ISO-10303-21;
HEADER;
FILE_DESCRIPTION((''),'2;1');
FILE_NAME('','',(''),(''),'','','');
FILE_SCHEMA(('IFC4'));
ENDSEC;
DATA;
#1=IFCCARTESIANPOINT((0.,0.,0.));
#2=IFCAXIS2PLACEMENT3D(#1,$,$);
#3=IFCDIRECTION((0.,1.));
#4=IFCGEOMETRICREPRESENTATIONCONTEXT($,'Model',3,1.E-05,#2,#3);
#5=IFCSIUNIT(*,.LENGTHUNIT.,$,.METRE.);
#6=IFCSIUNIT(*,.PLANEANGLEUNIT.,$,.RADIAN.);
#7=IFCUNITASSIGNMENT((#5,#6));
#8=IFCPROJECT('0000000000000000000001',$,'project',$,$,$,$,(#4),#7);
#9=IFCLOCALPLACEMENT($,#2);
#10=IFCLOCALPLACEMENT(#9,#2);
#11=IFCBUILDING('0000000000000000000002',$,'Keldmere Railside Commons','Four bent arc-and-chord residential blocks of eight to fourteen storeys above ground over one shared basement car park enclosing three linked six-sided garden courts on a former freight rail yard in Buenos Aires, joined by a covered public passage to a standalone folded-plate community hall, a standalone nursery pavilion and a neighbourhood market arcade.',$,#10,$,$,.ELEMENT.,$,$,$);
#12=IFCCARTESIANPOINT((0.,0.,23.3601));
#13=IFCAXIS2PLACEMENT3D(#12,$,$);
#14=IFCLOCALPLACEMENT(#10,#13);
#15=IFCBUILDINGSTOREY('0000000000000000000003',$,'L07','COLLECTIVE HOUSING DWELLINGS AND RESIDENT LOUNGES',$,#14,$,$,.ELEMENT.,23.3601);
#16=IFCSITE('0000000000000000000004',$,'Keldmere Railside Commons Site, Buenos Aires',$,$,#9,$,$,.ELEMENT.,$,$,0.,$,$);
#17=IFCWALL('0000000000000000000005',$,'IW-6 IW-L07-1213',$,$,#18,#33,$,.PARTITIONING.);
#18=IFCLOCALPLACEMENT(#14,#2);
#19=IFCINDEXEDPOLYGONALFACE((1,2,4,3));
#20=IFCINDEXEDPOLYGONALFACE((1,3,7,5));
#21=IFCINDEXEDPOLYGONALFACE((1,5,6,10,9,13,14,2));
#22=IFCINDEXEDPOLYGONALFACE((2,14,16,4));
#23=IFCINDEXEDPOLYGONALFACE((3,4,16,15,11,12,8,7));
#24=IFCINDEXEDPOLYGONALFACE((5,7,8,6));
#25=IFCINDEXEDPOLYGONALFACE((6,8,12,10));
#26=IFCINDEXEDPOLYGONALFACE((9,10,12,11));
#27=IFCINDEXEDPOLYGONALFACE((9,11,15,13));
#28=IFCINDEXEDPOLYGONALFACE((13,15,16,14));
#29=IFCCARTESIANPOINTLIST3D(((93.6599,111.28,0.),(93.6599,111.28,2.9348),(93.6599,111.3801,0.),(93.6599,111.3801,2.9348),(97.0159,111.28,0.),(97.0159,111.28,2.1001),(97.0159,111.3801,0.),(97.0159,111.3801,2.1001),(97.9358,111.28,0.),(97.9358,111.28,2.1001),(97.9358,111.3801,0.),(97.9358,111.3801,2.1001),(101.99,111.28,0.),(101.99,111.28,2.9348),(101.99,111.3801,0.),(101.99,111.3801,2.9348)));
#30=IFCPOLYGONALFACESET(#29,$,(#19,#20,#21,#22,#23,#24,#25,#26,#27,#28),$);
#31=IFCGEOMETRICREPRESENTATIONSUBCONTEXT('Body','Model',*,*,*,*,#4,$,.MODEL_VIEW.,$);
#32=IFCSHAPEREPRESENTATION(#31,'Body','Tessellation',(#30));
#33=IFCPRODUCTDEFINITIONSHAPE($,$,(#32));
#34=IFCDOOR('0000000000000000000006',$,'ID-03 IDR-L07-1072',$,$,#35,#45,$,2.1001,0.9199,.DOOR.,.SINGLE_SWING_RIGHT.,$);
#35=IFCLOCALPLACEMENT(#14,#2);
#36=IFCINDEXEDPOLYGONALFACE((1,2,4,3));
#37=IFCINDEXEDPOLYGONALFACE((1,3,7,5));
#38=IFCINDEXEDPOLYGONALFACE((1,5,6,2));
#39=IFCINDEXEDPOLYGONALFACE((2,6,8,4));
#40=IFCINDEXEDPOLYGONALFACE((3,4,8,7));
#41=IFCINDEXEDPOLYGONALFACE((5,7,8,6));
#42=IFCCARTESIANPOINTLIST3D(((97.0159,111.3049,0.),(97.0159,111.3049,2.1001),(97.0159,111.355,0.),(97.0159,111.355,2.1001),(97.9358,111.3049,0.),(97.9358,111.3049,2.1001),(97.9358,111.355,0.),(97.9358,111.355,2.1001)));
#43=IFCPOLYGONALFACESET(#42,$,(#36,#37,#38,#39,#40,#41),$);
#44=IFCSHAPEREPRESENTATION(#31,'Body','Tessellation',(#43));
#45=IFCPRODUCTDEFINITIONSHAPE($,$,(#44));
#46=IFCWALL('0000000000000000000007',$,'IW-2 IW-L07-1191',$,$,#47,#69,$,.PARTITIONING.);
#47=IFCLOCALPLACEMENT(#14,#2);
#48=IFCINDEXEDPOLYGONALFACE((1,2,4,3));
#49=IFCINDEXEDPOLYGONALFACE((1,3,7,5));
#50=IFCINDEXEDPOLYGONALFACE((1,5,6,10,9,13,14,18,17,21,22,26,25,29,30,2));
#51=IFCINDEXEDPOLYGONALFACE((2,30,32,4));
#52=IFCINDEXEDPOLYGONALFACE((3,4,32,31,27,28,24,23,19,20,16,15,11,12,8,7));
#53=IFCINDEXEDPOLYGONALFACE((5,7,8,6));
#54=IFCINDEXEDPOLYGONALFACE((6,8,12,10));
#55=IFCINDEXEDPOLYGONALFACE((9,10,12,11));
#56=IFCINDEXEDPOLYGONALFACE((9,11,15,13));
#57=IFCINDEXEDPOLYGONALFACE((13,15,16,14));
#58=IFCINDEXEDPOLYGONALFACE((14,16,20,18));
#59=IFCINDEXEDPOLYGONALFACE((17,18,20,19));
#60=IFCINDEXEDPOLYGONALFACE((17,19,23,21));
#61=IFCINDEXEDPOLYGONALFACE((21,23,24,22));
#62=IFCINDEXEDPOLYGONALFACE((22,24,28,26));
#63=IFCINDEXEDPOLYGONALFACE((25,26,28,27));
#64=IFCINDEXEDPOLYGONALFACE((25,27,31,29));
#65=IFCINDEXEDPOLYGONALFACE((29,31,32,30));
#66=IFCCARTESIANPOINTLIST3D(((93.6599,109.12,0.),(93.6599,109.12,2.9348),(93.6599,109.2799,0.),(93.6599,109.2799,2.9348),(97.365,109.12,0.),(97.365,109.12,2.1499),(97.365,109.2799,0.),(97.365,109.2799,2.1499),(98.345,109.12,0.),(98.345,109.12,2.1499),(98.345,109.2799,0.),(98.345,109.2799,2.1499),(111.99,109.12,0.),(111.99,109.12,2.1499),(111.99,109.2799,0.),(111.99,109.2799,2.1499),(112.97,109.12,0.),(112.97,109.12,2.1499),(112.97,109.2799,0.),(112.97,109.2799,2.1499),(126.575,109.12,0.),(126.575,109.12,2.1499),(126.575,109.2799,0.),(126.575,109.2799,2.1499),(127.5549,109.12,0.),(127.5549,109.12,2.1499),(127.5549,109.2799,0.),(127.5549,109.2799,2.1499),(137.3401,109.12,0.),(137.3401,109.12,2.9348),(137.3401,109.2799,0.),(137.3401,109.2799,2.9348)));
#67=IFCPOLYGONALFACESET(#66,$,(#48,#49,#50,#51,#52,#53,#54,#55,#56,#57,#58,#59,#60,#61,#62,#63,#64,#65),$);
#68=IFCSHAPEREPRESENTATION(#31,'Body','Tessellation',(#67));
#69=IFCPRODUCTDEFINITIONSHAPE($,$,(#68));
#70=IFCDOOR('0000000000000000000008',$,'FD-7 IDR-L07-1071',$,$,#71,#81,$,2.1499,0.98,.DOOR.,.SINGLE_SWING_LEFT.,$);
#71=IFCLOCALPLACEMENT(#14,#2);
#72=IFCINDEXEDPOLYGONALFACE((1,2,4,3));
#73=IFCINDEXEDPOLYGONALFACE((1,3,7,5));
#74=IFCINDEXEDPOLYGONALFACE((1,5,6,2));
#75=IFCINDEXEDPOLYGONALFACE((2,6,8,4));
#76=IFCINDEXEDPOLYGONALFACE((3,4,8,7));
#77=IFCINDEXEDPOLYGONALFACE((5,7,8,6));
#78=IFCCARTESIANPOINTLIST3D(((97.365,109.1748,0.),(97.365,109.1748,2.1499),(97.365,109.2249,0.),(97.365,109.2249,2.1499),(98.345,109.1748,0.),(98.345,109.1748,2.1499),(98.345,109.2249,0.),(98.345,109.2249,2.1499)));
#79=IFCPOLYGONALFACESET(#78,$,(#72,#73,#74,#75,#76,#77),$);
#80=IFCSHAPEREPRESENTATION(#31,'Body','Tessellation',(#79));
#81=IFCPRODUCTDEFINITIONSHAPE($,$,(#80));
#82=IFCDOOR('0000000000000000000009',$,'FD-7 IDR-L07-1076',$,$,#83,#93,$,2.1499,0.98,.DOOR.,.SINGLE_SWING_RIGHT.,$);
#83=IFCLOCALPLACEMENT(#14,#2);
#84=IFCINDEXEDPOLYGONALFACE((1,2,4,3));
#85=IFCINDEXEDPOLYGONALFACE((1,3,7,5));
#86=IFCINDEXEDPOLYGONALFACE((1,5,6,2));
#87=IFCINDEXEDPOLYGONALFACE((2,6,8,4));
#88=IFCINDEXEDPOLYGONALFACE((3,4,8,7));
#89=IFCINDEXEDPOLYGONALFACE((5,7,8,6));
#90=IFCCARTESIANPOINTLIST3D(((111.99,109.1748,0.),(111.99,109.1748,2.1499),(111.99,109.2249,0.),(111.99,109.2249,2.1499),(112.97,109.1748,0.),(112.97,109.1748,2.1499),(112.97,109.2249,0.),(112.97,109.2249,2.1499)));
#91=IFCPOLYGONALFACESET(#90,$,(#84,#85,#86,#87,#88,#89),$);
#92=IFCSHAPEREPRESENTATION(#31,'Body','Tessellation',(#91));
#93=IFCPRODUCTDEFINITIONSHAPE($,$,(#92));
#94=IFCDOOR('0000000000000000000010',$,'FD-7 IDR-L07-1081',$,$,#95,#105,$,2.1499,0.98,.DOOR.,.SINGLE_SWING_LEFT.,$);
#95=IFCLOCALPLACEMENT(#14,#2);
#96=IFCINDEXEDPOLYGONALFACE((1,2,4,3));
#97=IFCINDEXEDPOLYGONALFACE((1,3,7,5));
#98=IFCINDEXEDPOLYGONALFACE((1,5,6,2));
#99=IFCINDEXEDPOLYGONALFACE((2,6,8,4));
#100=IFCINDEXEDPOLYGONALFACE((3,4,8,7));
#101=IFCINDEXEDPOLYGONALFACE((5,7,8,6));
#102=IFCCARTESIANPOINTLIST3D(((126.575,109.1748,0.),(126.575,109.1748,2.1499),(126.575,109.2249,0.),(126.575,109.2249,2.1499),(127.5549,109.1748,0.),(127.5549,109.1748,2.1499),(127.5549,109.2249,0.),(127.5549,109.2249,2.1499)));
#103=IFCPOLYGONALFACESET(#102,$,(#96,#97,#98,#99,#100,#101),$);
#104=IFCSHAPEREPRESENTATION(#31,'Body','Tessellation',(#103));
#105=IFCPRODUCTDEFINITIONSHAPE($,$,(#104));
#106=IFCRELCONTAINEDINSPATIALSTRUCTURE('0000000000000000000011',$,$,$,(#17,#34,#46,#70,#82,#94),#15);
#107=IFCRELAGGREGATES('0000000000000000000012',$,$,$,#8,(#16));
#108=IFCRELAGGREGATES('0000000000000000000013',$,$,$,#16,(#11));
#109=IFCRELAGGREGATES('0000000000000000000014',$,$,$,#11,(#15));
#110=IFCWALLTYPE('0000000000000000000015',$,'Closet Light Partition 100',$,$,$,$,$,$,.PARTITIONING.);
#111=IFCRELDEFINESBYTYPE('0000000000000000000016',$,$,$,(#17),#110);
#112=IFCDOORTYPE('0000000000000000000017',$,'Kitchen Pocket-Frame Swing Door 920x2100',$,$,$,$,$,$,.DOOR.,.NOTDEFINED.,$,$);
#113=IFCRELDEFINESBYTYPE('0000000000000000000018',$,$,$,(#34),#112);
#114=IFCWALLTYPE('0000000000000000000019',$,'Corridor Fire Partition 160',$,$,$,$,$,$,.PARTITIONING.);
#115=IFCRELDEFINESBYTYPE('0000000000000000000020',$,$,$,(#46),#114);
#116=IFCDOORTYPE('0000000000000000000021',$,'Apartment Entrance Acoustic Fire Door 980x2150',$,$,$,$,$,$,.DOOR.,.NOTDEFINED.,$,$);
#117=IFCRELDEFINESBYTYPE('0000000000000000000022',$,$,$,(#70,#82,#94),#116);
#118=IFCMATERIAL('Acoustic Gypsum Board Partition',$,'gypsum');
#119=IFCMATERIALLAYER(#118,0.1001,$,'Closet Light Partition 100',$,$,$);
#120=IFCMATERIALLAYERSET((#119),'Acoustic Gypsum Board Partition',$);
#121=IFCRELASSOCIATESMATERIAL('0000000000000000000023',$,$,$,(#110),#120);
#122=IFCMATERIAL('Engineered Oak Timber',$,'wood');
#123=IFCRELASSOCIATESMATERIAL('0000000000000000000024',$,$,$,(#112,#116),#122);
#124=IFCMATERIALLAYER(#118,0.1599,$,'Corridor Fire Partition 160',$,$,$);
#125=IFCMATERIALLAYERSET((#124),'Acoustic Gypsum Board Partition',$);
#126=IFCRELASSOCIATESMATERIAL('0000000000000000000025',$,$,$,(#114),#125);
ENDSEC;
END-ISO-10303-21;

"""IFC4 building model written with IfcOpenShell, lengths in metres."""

from ifc_helpers import new_model, si_unit, direction, frame, frame_2d, origin, place, context, subcontext, project, spatial, rectangle, extrude, material, layer, layer_set, type_object, element, fill, save


model = new_model("IFC4")

# Units and contexts
model_context = context("Model", 3, precision=1e-05, world=origin(), true_north=direction((0.0, 1.0)))
body_context = subcontext(model_context, "Body", "Model", "MODEL_VIEW")
ifc_project = project(units=[si_unit("LENGTHUNIT", "METRE"), si_unit("PLANEANGLEUNIT", "RADIAN")], contexts=[model_context])

# Site, building, storey
site_placement = place(None, origin())
site = spatial("IfcSite", under=ifc_project, at=site_placement, Name="Keldmere Railside Commons Site, Buenos Aires", CompositionType="ELEMENT", RefElevation=0.0)
building_placement = place(site_placement, origin())
building = spatial("IfcBuilding", under=site, at=building_placement, Name="Keldmere Railside Commons", Description="Four bent arc-and-chord residential blocks of eight to fourteen storeys above ground over one shared basement car park enclosing three linked six-sided garden courts on a former freight rail yard in Buenos Aires, joined by a covered public passage to a standalone folded-plate community hall, a standalone nursery pavilion and a neighbourhood market arcade.", CompositionType="ELEMENT")
storey_placement = place(building_placement, frame((0.0, 0.0, 23.3601)))
storey = spatial("IfcBuildingStorey", under=building, at=storey_placement, Name="L07", Description="COLLECTIVE HOUSING DWELLINGS AND RESIDENT LOUNGES", CompositionType="ELEMENT", Elevation=23.3601)

# Wall, opening, door
ifc_material_1 = material(Name="Acoustic Gypsum Board Partition", Category="gypsum")
ifc_layer_1 = layer(ifc_material_1, 0.1001, Name="Closet Light Partition 100")
ifc_layer_set_1 = layer_set([ifc_layer_1], Name="Acoustic Gypsum Board Partition")
wall_type_1 = type_object("IfcWallType", Name="Closet Light Partition 100", PredefinedType="PARTITIONING", material=ifc_layer_set_1)
wall_1_placement = place(storey_placement, frame((93.6599, 111.3301, 0.0), z_axis=(0.0, 0.0, 1.0), x_axis=(1.0, 0.0, 0.0)))
wall_1 = element("IfcWall", 1, at=wall_1_placement, inside=storey, type_object=wall_type_1, Name="IW-6 IW-L07-1213", PredefinedType="PARTITIONING", context=body_context, shape_type="SweptSolid", body=[
    extrude(rectangle(XDim=8.3301, YDim=0.1001, at=frame_2d((4.165, 0.0))), origin(), (0.0, 0.0, 1.0), 2.9348),
])
opening_1_placement = place(wall_1_placement, frame((3.356, 0.0, 0.0)))
opening_1 = element("IfcOpeningElement", 2, at=opening_1_placement, cuts=wall_1, PredefinedType="OPENING", context=body_context, shape_type="SweptSolid", body=[
    extrude(rectangle(XDim=0.9199, YDim=2.1001, at=frame_2d((0.46, 1.05))), frame((0.0, 0.0601, 0.0), z_axis=(0.0, -1.0, 0.0), x_axis=(1.0, 0.0, 0.0)), (0.0, 0.0, 1.0), 0.1201),
])
ifc_material_2 = material(Name="Engineered Oak Timber", Category="wood")
door_type_1 = type_object("IfcDoorType", Name="Kitchen Pocket-Frame Swing Door 920x2100", OperationType="NOTDEFINED", PredefinedType="DOOR", material=ifc_material_2)
door_1_placement = place(opening_1_placement, origin())
door_1 = element("IfcDoor", 3, at=door_1_placement, inside=storey, type_object=door_type_1, Name="ID-03 IDR-L07-1072", OperationType="SINGLE_SWING_RIGHT", OverallHeight=2.1001, OverallWidth=0.9199, PredefinedType="DOOR", context=body_context, shape_type="SweptSolid", body=[
    extrude(rectangle(XDim=0.9199, YDim=2.1001, at=frame_2d((0.46, 1.05))), frame((0.0, 0.0249, 0.0), z_axis=(0.0, -1.0, 0.0), x_axis=(1.0, 0.0, 0.0)), (0.0, 0.0, 1.0), 0.05),
])
fill(opening_1, door_1)

# Wall, openings, doors
ifc_layer_2 = layer(ifc_material_1, 0.1599, Name="Corridor Fire Partition 160")
ifc_layer_set_2 = layer_set([ifc_layer_2], Name="Acoustic Gypsum Board Partition")
wall_type_2 = type_object("IfcWallType", Name="Corridor Fire Partition 160", PredefinedType="PARTITIONING", material=ifc_layer_set_2)
wall_2_placement = place(storey_placement, frame((93.6599, 109.2, 0.0), z_axis=(0.0, 0.0, 1.0), x_axis=(1.0, 0.0, 0.0)))
wall_2 = element("IfcWall", 4, at=wall_2_placement, inside=storey, type_object=wall_type_2, Name="IW-2 IW-L07-1191", PredefinedType="PARTITIONING", context=body_context, shape_type="SweptSolid", body=[
    extrude(rectangle(XDim=43.6802, YDim=0.1599, at=frame_2d((21.8401, 0.0))), origin(), (0.0, 0.0, 1.0), 2.9348),
])
opening_2_placement = place(wall_2_placement, frame((3.7051, 0.0, 0.0)))
opening_2 = element("IfcOpeningElement", 5, at=opening_2_placement, cuts=wall_2, PredefinedType="OPENING", context=body_context, shape_type="SweptSolid", body=[
    extrude(rectangle(XDim=0.98, YDim=2.1499, at=frame_2d((0.49, 1.075))), frame((0.0, 0.0898, 0.0), z_axis=(0.0, -1.0, 0.0), x_axis=(1.0, 0.0, 0.0)), (0.0, 0.0, 1.0), 0.1799),
])
opening_3_placement = place(wall_2_placement, frame((18.3301, 0.0, 0.0)))
opening_3 = element("IfcOpeningElement", 6, at=opening_3_placement, cuts=wall_2, PredefinedType="OPENING", context=body_context, shape_type="SweptSolid", body=[
    extrude(rectangle(XDim=0.98, YDim=2.1499, at=frame_2d((0.49, 1.075))), frame((0.0, 0.0898, 0.0), z_axis=(0.0, -1.0, 0.0), x_axis=(1.0, 0.0, 0.0)), (0.0, 0.0, 1.0), 0.1799),
])
opening_4_placement = place(wall_2_placement, frame((32.915, 0.0, 0.0)))
opening_4 = element("IfcOpeningElement", 7, at=opening_4_placement, cuts=wall_2, PredefinedType="OPENING", context=body_context, shape_type="SweptSolid", body=[
    extrude(rectangle(XDim=0.98, YDim=2.1499, at=frame_2d((0.49, 1.075))), frame((0.0, 0.0898, 0.0), z_axis=(0.0, -1.0, 0.0), x_axis=(1.0, 0.0, 0.0)), (0.0, 0.0, 1.0), 0.1799),
])
door_type_2 = type_object("IfcDoorType", Name="Apartment Entrance Acoustic Fire Door 980x2150", OperationType="NOTDEFINED", PredefinedType="DOOR", material=ifc_material_2)
door_2_placement = place(opening_2_placement, origin())
door_2 = element("IfcDoor", 8, at=door_2_placement, inside=storey, type_object=door_type_2, Name="FD-7 IDR-L07-1071", OperationType="SINGLE_SWING_LEFT", OverallHeight=2.1499, OverallWidth=0.98, PredefinedType="DOOR", context=body_context, shape_type="SweptSolid", body=[
    extrude(rectangle(XDim=0.98, YDim=2.1499, at=frame_2d((0.49, 1.075))), frame((0.0, 0.0249, 0.0), z_axis=(0.0, -1.0, 0.0), x_axis=(1.0, 0.0, 0.0)), (0.0, 0.0, 1.0), 0.05),
])
fill(opening_2, door_2)
door_3_placement = place(opening_3_placement, origin())
door_3 = element("IfcDoor", 9, at=door_3_placement, inside=storey, type_object=door_type_2, Name="FD-7 IDR-L07-1076", OperationType="SINGLE_SWING_RIGHT", OverallHeight=2.1499, OverallWidth=0.98, PredefinedType="DOOR", context=body_context, shape_type="SweptSolid", body=[
    extrude(rectangle(XDim=0.98, YDim=2.1499, at=frame_2d((0.49, 1.075))), frame((0.0, 0.0249, 0.0), z_axis=(0.0, -1.0, 0.0), x_axis=(1.0, 0.0, 0.0)), (0.0, 0.0, 1.0), 0.05),
])
fill(opening_3, door_3)
door_4_placement = place(opening_4_placement, origin())
door_4 = element("IfcDoor", 10, at=door_4_placement, inside=storey, type_object=door_type_2, Name="FD-7 IDR-L07-1081", OperationType="SINGLE_SWING_LEFT", OverallHeight=2.1499, OverallWidth=0.98, PredefinedType="DOOR", context=body_context, shape_type="SweptSolid", body=[
    extrude(rectangle(XDim=0.98, YDim=2.1499, at=frame_2d((0.49, 1.075))), frame((0.0, 0.0249, 0.0), z_axis=(0.0, -1.0, 0.0), x_axis=(1.0, 0.0, 0.0)), (0.0, 0.0, 1.0), 0.05),
])
fill(opening_4, door_4)

save(model, "model.ifc")
